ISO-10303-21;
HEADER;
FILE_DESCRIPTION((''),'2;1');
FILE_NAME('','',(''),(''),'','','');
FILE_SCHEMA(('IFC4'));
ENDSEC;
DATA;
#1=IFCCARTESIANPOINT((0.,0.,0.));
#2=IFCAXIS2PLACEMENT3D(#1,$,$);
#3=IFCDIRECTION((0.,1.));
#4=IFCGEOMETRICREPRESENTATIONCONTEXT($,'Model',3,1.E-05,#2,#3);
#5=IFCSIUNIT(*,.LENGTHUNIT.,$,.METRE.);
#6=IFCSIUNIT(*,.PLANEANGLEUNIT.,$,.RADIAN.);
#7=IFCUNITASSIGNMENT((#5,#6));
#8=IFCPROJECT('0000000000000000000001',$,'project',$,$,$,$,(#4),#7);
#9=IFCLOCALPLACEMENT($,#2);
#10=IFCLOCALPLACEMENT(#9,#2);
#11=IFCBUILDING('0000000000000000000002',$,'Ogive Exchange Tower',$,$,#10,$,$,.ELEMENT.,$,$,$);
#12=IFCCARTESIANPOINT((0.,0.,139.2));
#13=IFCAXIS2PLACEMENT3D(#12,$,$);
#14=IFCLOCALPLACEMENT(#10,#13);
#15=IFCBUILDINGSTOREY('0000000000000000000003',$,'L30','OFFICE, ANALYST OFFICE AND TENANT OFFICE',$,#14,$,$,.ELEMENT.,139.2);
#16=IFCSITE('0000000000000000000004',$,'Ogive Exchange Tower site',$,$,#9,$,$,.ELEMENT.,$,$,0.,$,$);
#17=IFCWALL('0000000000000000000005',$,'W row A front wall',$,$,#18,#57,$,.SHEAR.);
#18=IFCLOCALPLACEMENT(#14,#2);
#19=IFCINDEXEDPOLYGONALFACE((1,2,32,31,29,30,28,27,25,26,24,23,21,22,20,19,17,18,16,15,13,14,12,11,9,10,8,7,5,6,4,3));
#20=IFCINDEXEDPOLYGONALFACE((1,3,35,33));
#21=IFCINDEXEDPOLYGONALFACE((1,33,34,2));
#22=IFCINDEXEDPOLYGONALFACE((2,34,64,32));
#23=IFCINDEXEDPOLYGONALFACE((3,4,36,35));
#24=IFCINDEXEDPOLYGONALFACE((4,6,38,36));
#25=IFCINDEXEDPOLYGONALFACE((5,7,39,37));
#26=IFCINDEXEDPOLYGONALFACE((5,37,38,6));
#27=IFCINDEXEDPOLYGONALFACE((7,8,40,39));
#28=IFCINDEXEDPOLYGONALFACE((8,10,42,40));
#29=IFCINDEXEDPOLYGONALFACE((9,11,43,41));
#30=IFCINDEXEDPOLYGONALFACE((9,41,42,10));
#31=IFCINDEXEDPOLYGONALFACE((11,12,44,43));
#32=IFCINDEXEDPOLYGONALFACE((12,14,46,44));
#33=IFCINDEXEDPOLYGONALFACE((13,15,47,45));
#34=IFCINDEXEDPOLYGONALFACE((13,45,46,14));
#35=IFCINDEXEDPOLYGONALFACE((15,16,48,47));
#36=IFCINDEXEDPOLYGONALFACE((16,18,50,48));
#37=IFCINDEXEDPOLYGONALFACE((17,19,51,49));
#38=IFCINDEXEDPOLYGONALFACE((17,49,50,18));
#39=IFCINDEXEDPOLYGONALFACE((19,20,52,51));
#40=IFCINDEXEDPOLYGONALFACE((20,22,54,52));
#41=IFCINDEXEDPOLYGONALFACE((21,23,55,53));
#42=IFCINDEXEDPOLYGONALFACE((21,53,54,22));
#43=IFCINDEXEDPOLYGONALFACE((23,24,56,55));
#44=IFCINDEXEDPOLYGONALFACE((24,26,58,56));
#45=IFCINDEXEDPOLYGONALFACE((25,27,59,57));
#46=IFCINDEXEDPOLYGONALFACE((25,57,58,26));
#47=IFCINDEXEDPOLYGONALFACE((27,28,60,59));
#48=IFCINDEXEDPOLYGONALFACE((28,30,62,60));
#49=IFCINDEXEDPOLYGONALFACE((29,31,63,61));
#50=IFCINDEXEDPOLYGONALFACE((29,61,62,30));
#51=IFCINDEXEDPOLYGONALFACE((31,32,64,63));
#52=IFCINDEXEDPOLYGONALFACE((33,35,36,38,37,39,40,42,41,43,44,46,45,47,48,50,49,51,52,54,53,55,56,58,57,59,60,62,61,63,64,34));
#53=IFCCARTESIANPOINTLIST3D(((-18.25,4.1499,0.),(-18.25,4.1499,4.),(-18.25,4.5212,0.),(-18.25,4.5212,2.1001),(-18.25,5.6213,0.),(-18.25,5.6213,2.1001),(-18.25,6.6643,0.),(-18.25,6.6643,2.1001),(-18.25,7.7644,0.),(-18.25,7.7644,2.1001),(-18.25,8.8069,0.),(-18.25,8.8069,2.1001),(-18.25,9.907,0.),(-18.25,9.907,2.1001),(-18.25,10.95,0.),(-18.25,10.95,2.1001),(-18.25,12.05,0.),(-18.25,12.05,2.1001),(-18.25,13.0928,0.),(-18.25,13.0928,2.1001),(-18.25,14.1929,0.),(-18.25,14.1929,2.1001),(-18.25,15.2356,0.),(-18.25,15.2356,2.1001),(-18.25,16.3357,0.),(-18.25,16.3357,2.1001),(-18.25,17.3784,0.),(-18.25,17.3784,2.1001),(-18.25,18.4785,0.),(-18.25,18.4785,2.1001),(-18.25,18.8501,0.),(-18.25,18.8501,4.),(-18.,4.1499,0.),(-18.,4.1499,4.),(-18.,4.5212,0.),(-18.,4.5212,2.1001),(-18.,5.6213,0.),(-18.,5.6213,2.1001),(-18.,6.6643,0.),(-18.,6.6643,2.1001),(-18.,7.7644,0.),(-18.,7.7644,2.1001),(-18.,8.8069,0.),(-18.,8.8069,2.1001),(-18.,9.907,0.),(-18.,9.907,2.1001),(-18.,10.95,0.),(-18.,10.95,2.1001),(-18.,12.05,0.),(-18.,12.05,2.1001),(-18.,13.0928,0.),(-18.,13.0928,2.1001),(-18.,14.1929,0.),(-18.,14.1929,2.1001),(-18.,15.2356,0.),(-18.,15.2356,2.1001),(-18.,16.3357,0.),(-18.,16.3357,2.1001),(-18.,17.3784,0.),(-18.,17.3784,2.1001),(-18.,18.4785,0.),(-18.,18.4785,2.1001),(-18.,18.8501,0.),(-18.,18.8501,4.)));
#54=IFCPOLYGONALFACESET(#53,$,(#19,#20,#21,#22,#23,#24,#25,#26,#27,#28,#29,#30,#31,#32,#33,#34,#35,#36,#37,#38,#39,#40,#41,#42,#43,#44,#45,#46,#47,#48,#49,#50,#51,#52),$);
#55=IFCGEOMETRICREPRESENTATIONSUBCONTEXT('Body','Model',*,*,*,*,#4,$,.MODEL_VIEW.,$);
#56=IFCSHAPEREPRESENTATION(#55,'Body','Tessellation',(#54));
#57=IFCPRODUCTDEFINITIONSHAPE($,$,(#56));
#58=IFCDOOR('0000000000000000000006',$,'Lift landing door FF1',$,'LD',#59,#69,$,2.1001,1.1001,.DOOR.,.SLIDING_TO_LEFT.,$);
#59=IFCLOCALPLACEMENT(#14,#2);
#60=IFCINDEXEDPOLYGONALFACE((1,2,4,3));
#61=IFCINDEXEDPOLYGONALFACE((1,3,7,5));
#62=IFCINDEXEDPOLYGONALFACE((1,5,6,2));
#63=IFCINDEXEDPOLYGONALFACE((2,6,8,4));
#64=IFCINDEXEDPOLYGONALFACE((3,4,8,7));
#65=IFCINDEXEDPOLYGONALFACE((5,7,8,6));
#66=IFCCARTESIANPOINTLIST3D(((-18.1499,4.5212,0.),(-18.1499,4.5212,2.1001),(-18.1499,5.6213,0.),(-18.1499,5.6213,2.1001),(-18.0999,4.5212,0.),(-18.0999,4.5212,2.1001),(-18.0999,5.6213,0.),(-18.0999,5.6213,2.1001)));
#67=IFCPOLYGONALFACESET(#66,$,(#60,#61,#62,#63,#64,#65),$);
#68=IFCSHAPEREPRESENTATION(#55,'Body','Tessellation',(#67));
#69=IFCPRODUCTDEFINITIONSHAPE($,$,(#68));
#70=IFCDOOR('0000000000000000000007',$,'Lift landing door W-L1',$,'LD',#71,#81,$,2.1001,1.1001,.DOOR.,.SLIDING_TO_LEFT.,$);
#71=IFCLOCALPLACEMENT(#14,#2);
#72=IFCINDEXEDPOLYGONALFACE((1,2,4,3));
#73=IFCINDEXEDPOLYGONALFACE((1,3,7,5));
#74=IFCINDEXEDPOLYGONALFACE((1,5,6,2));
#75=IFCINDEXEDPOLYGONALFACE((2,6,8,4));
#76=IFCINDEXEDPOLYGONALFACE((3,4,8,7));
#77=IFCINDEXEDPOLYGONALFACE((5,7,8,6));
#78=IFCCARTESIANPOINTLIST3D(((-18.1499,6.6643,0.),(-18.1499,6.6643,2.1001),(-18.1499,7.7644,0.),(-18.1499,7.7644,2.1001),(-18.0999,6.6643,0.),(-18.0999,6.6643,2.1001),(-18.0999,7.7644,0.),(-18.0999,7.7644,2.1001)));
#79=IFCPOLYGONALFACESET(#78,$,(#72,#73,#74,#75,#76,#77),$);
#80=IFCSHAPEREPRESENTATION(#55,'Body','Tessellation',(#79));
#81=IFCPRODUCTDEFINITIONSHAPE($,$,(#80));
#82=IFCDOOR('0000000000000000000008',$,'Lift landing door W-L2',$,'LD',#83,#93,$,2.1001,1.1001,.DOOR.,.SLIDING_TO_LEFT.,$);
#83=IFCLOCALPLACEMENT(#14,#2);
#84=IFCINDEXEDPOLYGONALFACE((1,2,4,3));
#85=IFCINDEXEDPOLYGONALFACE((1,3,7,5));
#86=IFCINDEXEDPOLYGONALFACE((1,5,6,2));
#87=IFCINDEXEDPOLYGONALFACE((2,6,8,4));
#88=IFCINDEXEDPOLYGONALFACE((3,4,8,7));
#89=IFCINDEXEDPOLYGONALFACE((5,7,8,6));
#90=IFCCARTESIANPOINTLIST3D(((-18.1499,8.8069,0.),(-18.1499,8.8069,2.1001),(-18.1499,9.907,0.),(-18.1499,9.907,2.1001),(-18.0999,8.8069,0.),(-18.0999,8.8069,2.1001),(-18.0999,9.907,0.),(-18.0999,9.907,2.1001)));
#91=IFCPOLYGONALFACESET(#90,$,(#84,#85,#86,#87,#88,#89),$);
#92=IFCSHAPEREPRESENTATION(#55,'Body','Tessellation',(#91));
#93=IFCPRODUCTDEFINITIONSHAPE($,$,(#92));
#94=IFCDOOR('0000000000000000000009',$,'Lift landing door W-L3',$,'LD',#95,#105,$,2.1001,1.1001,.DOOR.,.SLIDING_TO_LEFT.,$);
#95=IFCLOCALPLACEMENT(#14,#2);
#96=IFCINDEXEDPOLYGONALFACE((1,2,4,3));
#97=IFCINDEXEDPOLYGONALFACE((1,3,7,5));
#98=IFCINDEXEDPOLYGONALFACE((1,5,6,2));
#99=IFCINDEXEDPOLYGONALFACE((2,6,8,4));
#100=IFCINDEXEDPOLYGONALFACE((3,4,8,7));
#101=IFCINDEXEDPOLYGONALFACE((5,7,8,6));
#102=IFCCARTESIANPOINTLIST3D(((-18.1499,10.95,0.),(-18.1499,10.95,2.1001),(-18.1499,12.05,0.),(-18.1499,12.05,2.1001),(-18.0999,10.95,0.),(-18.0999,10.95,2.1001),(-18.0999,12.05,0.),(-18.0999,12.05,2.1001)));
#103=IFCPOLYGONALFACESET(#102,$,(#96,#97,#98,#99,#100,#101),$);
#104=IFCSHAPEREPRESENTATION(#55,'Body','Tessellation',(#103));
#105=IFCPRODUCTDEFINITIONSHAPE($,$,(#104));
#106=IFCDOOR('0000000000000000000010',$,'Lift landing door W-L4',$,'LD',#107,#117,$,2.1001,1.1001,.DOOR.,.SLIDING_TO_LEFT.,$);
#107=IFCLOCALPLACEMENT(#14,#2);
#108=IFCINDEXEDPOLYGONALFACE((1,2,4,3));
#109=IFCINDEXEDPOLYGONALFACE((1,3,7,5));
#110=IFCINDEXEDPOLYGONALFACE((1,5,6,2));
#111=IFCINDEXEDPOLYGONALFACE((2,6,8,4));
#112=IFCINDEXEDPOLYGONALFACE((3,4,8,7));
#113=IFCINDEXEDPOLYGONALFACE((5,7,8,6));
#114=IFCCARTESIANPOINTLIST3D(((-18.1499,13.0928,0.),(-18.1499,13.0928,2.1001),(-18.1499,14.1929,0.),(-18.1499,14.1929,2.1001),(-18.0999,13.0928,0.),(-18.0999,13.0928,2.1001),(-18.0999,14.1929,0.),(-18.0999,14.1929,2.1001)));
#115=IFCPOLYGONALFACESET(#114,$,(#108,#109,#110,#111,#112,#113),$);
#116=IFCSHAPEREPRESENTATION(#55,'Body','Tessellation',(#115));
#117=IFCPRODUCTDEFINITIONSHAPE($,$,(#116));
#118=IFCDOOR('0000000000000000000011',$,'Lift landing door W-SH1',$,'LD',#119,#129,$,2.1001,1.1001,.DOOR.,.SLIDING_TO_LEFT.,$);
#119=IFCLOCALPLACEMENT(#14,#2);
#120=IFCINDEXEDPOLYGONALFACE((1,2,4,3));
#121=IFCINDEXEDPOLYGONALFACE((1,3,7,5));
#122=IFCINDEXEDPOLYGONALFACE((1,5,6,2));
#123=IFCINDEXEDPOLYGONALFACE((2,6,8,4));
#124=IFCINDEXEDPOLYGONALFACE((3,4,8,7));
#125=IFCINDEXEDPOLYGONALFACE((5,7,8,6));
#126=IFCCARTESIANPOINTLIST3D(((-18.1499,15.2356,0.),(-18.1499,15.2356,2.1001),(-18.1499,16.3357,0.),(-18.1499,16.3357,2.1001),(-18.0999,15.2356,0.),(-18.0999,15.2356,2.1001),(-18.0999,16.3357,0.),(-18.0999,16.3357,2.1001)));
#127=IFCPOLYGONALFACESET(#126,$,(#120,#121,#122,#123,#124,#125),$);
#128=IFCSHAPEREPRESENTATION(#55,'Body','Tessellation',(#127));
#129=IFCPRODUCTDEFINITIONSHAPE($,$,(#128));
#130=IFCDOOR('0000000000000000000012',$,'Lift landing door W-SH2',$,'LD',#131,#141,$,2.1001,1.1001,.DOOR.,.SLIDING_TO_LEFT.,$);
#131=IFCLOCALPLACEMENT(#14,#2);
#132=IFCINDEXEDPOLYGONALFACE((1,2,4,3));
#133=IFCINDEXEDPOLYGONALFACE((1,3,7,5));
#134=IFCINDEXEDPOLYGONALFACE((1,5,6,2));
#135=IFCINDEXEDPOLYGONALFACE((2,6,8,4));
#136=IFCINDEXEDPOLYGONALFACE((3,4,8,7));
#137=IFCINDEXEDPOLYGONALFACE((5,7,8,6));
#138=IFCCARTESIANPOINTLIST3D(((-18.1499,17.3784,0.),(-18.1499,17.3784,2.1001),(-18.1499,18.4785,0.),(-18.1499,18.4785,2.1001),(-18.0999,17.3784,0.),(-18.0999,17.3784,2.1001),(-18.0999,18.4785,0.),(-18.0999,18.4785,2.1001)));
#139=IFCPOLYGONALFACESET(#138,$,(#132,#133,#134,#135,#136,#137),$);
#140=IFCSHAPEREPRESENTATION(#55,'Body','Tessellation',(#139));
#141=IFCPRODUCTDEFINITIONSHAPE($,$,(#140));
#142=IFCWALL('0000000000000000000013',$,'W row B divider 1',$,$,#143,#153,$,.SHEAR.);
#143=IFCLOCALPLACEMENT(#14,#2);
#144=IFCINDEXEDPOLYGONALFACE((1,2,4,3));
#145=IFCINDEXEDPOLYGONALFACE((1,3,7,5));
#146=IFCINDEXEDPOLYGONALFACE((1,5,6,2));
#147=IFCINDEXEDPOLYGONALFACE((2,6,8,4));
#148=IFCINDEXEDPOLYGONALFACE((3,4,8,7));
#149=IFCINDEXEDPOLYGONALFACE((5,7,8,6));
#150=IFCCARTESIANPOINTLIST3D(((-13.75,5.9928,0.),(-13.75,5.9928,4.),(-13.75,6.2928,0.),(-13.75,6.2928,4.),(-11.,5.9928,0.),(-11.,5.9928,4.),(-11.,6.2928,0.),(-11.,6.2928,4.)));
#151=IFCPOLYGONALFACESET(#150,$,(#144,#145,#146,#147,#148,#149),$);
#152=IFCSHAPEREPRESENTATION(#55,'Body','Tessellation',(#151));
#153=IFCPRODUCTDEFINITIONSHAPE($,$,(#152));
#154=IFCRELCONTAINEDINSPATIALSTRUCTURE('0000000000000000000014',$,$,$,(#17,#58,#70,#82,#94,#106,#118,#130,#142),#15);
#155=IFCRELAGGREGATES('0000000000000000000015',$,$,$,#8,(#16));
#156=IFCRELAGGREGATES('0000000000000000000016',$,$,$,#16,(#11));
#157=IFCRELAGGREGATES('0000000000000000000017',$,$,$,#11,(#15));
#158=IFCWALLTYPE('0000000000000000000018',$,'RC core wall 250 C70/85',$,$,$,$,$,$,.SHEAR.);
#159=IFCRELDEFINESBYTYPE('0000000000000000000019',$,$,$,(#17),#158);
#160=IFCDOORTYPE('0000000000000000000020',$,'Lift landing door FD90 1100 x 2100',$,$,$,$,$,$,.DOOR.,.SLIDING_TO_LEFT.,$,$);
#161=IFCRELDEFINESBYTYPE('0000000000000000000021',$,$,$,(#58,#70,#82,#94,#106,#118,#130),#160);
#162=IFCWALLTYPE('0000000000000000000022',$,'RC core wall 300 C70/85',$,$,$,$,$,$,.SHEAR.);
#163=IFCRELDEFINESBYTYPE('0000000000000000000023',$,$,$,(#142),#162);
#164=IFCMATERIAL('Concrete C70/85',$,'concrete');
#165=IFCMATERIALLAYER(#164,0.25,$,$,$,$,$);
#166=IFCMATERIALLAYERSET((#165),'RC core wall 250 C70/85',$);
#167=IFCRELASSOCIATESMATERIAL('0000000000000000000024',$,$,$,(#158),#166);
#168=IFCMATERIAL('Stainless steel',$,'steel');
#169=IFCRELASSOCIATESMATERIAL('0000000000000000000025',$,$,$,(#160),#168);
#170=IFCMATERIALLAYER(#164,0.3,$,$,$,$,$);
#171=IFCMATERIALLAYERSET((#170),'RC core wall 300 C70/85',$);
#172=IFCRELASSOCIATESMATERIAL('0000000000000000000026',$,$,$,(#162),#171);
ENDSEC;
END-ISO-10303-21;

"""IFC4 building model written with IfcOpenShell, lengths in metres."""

from ifc_helpers import new_model, si_unit, direction, frame, frame_2d, origin, place, context, subcontext, project, spatial, rectangle, extrude, material, layer, layer_set, type_object, element, fill, save


model = new_model("IFC4")

# Units and contexts
model_context = context("Model", 3, precision=1e-05, world=origin(), true_north=direction((0.0, 1.0)))
body_context = subcontext(model_context, "Body", "Model", "MODEL_VIEW")
ifc_project = project(units=[si_unit("LENGTHUNIT", "METRE"), si_unit("PLANEANGLEUNIT", "RADIAN")], contexts=[model_context])

# Site, building, storey
site_placement = place(None, origin())
site = spatial("IfcSite", under=ifc_project, at=site_placement, Name="Ogive Exchange Tower site", CompositionType="ELEMENT", RefElevation=0.0)
building_placement = place(site_placement, origin())
building = spatial("IfcBuilding", under=site, at=building_placement, Name="Ogive Exchange Tower", CompositionType="ELEMENT")
storey_placement = place(building_placement, frame((0.0, 0.0, 139.2)))
storey = spatial("IfcBuildingStorey", under=building, at=storey_placement, Name="L30", Description="OFFICE, ANALYST OFFICE AND TENANT OFFICE", CompositionType="ELEMENT", Elevation=139.2)

# Shared definitions
ifc_material_1 = material(Name="Concrete C70/85", Category="concrete")
ifc_layer_1 = layer(ifc_material_1, 0.25)
ifc_layer_set_1 = layer_set([ifc_layer_1], Name="RC core wall 250 C70/85")
wall_type_1 = type_object("IfcWallType", Name="RC core wall 250 C70/85", PredefinedType="SHEAR", material=ifc_layer_set_1)

# Wall, openings, doors
wall_1_placement = place(storey_placement, frame((-18.125, 4.1499, 0.0), z_axis=(0.0, 0.0, 1.0), x_axis=(0.0, 1.0, 0.0)))
wall_1 = element("IfcWall", 1, at=wall_1_placement, inside=storey, type_object=wall_type_1, Name="W row A front wall", PredefinedType="SHEAR", context=body_context, shape_type="SweptSolid", body=[
    extrude(rectangle(XDim=14.7002, YDim=0.25, at=frame_2d((7.3501, 0.0))), origin(), (0.0, 0.0, 1.0), 4.0),
])
opening_1_placement = place(wall_1_placement, frame((0.3713, 0.0, 0.0)))
opening_1 = element("IfcOpeningElement", 2, at=opening_1_placement, cuts=wall_1, PredefinedType="OPENING", context=body_context, shape_type="SweptSolid", body=[
    extrude(rectangle(XDim=1.1001, YDim=2.1001, at=frame_2d((0.55, 1.05))), frame((0.0, 0.135, 0.0), z_axis=(0.0, -1.0, 0.0), x_axis=(1.0, 0.0, 0.0)), (0.0, 0.0, 1.0), 0.27),
])
opening_2_placement = place(wall_1_placement, frame((2.5144, 0.0, 0.0)))
opening_2 = element("IfcOpeningElement", 3, at=opening_2_placement, cuts=wall_1, PredefinedType="OPENING", context=body_context, shape_type="SweptSolid", body=[
    extrude(rectangle(XDim=1.1001, YDim=2.1001, at=frame_2d((0.55, 1.05))), frame((0.0, 0.135, 0.0), z_axis=(0.0, -1.0, 0.0), x_axis=(1.0, 0.0, 0.0)), (0.0, 0.0, 1.0), 0.27),
])
opening_3_placement = place(wall_1_placement, frame((4.657, 0.0, 0.0)))
opening_3 = element("IfcOpeningElement", 4, at=opening_3_placement, cuts=wall_1, PredefinedType="OPENING", context=body_context, shape_type="SweptSolid", body=[
    extrude(rectangle(XDim=1.1001, YDim=2.1001, at=frame_2d((0.55, 1.05))), frame((0.0, 0.135, 0.0), z_axis=(0.0, -1.0, 0.0), x_axis=(1.0, 0.0, 0.0)), (0.0, 0.0, 1.0), 0.27),
])
opening_4_placement = place(wall_1_placement, frame((6.8, 0.0, 0.0)))
opening_4 = element("IfcOpeningElement", 5, at=opening_4_placement, cuts=wall_1, PredefinedType="OPENING", context=body_context, shape_type="SweptSolid", body=[
    extrude(rectangle(XDim=1.1001, YDim=2.1001, at=frame_2d((0.55, 1.05))), frame((0.0, 0.135, 0.0), z_axis=(0.0, -1.0, 0.0), x_axis=(1.0, 0.0, 0.0)), (0.0, 0.0, 1.0), 0.27),
])
opening_5_placement = place(wall_1_placement, frame((8.9429, 0.0, 0.0)))
opening_5 = element("IfcOpeningElement", 6, at=opening_5_placement, cuts=wall_1, PredefinedType="OPENING", context=body_context, shape_type="SweptSolid", body=[
    extrude(rectangle(XDim=1.1001, YDim=2.1001, at=frame_2d((0.55, 1.05))), frame((0.0, 0.135, 0.0), z_axis=(0.0, -1.0, 0.0), x_axis=(1.0, 0.0, 0.0)), (0.0, 0.0, 1.0), 0.27),
])
opening_6_placement = place(wall_1_placement, frame((11.0857, 0.0, 0.0)))
opening_6 = element("IfcOpeningElement", 7, at=opening_6_placement, cuts=wall_1, PredefinedType="OPENING", context=body_context, shape_type="SweptSolid", body=[
    extrude(rectangle(XDim=1.1001, YDim=2.1001, at=frame_2d((0.55, 1.05))), frame((0.0, 0.135, 0.0), z_axis=(0.0, -1.0, 0.0), x_axis=(1.0, 0.0, 0.0)), (0.0, 0.0, 1.0), 0.27),
])
opening_7_placement = place(wall_1_placement, frame((13.2285, 0.0, 0.0)))
opening_7 = element("IfcOpeningElement", 8, at=opening_7_placement, cuts=wall_1, PredefinedType="OPENING", context=body_context, shape_type="SweptSolid", body=[
    extrude(rectangle(XDim=1.1001, YDim=2.1001, at=frame_2d((0.55, 1.05))), frame((0.0, 0.135, 0.0), z_axis=(0.0, -1.0, 0.0), x_axis=(1.0, 0.0, 0.0)), (0.0, 0.0, 1.0), 0.27),
])
ifc_material_2 = material(Name="Stainless steel", Category="steel")
door_type_1 = type_object("IfcDoorType", Name="Lift landing door FD90 1100 x 2100", OperationType="SLIDING_TO_LEFT", PredefinedType="DOOR", material=ifc_material_2)
door_1_placement = place(opening_1_placement, origin())
door_1 = element("IfcDoor", 9, at=door_1_placement, inside=storey, type_object=door_type_1, Name="Lift landing door FF1", ObjectType="LD", OperationType="SLIDING_TO_LEFT", OverallHeight=2.1001, OverallWidth=1.1001, PredefinedType="DOOR", context=body_context, shape_type="SweptSolid", body=[
    extrude(rectangle(XDim=1.1001, YDim=2.1001, at=frame_2d((0.55, 1.05))), frame((0.0, 0.0249, 0.0), z_axis=(0.0, -1.0, 0.0), x_axis=(1.0, 0.0, 0.0)), (0.0, 0.0, 1.0), 0.05),
])
fill(opening_1, door_1)
door_2_placement = place(opening_2_placement, origin())
door_2 = element("IfcDoor", 10, at=door_2_placement, inside=storey, type_object=door_type_1, Name="Lift landing door W-L1", ObjectType="LD", OperationType="SLIDING_TO_LEFT", OverallHeight=2.1001, OverallWidth=1.1001, PredefinedType="DOOR", context=body_context, shape_type="SweptSolid", body=[
    extrude(rectangle(XDim=1.1001, YDim=2.1001, at=frame_2d((0.55, 1.05))), frame((0.0, 0.0249, 0.0), z_axis=(0.0, -1.0, 0.0), x_axis=(1.0, 0.0, 0.0)), (0.0, 0.0, 1.0), 0.05),
])
fill(opening_2, door_2)
door_3_placement = place(opening_3_placement, origin())
door_3 = element("IfcDoor", 11, at=door_3_placement, inside=storey, type_object=door_type_1, Name="Lift landing door W-L2", ObjectType="LD", OperationType="SLIDING_TO_LEFT", OverallHeight=2.1001, OverallWidth=1.1001, PredefinedType="DOOR", context=body_context, shape_type="SweptSolid", body=[
    extrude(rectangle(XDim=1.1001, YDim=2.1001, at=frame_2d((0.55, 1.05))), frame((0.0, 0.0249, 0.0), z_axis=(0.0, -1.0, 0.0), x_axis=(1.0, 0.0, 0.0)), (0.0, 0.0, 1.0), 0.05),
])
fill(opening_3, door_3)
door_4_placement = place(opening_4_placement, origin())
door_4 = element("IfcDoor", 12, at=door_4_placement, inside=storey, type_object=door_type_1, Name="Lift landing door W-L3", ObjectType="LD", OperationType="SLIDING_TO_LEFT", OverallHeight=2.1001, OverallWidth=1.1001, PredefinedType="DOOR", context=body_context, shape_type="SweptSolid", body=[
    extrude(rectangle(XDim=1.1001, YDim=2.1001, at=frame_2d((0.55, 1.05))), frame((0.0, 0.0249, 0.0), z_axis=(0.0, -1.0, 0.0), x_axis=(1.0, 0.0, 0.0)), (0.0, 0.0, 1.0), 0.05),
])
fill(opening_4, door_4)
door_5_placement = place(opening_5_placement, origin())
door_5 = element("IfcDoor", 13, at=door_5_placement, inside=storey, type_object=door_type_1, Name="Lift landing door W-L4", ObjectType="LD", OperationType="SLIDING_TO_LEFT", OverallHeight=2.1001, OverallWidth=1.1001, PredefinedType="DOOR", context=body_context, shape_type="SweptSolid", body=[
    extrude(rectangle(XDim=1.1001, YDim=2.1001, at=frame_2d((0.55, 1.05))), frame((0.0, 0.0249, 0.0), z_axis=(0.0, -1.0, 0.0), x_axis=(1.0, 0.0, 0.0)), (0.0, 0.0, 1.0), 0.05),
])
fill(opening_5, door_5)
door_6_placement = place(opening_6_placement, origin())
door_6 = element("IfcDoor", 14, at=door_6_placement, inside=storey, type_object=door_type_1, Name="Lift landing door W-SH1", ObjectType="LD", OperationType="SLIDING_TO_LEFT", OverallHeight=2.1001, OverallWidth=1.1001, PredefinedType="DOOR", context=body_context, shape_type="SweptSolid", body=[
    extrude(rectangle(XDim=1.1001, YDim=2.1001, at=frame_2d((0.55, 1.05))), frame((0.0, 0.0249, 0.0), z_axis=(0.0, -1.0, 0.0), x_axis=(1.0, 0.0, 0.0)), (0.0, 0.0, 1.0), 0.05),
])
fill(opening_6, door_6)
door_7_placement = place(opening_7_placement, origin())
door_7 = element("IfcDoor", 15, at=door_7_placement, inside=storey, type_object=door_type_1, Name="Lift landing door W-SH2", ObjectType="LD", OperationType="SLIDING_TO_LEFT", OverallHeight=2.1001, OverallWidth=1.1001, PredefinedType="DOOR", context=body_context, shape_type="SweptSolid", body=[
    extrude(rectangle(XDim=1.1001, YDim=2.1001, at=frame_2d((0.55, 1.05))), frame((0.0, 0.0249, 0.0), z_axis=(0.0, -1.0, 0.0), x_axis=(1.0, 0.0, 0.0)), (0.0, 0.0, 1.0), 0.05),
])
fill(opening_7, door_7)

# Wall
ifc_layer_2 = layer(ifc_material_1, 0.3)
ifc_layer_set_2 = layer_set([ifc_layer_2], Name="RC core wall 300 C70/85")
wall_type_2 = type_object("IfcWallType", Name="RC core wall 300 C70/85", PredefinedType="SHEAR", material=ifc_layer_set_2)
wall_2_placement = place(storey_placement, frame((-13.75, 6.1428, 0.0), z_axis=(0.0, 0.0, 1.0), x_axis=(1.0, 0.0, 0.0)))
element("IfcWall", 16, at=wall_2_placement, inside=storey, type_object=wall_type_2, Name="W row B divider 1", PredefinedType="SHEAR", context=body_context, shape_type="SweptSolid", body=[
    extrude(rectangle(XDim=2.75, YDim=0.3, at=frame_2d((1.375, 0.0))), origin(), (0.0, 0.0, 1.0), 4.0),
])

save(model, "model.ifc")
